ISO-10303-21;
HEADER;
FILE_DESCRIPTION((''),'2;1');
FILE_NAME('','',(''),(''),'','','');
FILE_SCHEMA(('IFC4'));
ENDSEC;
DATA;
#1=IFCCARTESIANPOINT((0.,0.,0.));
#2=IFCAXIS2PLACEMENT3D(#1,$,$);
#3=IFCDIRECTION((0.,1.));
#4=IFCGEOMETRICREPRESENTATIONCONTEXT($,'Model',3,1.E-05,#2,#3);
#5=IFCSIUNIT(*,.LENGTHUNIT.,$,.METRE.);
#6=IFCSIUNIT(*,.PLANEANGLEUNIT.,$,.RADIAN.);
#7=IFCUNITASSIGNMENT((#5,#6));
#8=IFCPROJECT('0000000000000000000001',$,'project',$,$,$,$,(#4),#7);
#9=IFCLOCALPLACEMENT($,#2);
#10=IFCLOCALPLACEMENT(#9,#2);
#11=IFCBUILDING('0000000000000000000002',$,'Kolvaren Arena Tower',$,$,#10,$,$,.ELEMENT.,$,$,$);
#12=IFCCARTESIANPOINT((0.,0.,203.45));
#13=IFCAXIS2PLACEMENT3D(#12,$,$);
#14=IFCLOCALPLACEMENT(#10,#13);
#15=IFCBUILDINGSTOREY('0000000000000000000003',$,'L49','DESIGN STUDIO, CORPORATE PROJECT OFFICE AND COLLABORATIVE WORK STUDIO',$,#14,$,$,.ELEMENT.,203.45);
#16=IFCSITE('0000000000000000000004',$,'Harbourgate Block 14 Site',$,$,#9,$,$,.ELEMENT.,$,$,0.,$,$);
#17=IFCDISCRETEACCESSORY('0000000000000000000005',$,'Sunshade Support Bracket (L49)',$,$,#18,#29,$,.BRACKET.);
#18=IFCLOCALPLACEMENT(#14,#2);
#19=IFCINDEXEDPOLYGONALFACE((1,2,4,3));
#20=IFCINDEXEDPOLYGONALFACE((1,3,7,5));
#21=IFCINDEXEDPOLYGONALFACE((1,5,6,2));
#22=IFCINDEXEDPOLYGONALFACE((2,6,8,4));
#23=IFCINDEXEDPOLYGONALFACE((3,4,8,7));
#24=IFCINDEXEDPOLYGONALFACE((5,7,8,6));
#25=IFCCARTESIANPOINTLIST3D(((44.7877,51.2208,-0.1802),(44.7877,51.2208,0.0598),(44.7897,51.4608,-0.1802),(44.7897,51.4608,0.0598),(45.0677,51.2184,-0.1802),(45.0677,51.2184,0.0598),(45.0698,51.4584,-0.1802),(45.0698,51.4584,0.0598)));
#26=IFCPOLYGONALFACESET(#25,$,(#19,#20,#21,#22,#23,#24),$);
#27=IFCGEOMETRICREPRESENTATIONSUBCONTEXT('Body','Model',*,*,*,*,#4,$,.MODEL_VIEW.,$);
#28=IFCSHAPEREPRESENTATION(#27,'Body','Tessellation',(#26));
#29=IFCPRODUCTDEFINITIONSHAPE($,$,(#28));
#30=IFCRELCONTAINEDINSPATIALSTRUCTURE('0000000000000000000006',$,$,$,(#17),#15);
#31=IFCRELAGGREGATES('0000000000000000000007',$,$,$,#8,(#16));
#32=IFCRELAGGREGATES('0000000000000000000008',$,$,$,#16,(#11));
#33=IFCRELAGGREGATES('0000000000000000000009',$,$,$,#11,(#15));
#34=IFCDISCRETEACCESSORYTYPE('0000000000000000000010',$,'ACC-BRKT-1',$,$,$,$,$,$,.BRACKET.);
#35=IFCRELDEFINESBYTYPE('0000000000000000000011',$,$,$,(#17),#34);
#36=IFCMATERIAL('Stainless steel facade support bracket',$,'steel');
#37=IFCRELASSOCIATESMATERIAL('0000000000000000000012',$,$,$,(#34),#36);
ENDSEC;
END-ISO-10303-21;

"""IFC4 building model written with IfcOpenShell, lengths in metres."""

from ifc_helpers import new_model, si_unit, direction, frame, origin, origin_2d, place, context, subcontext, project, spatial, rectangle, extrude, material, type_object, element, save


model = new_model("IFC4")

# Units and contexts
model_context = context("Model", 3, precision=1e-05, world=origin(), true_north=direction((0.0, 1.0)))
body_context = subcontext(model_context, "Body", "Model", "MODEL_VIEW")
ifc_project = project(units=[si_unit("LENGTHUNIT", "METRE"), si_unit("PLANEANGLEUNIT", "RADIAN")], contexts=[model_context])

# Site, building, storey
site_placement = place(None, origin())
site = spatial("IfcSite", under=ifc_project, at=site_placement, Name="Harbourgate Block 14 Site", CompositionType="ELEMENT", RefElevation=0.0)
building_placement = place(site_placement, origin())
building = spatial("IfcBuilding", under=site, at=building_placement, Name="Kolvaren Arena Tower", CompositionType="ELEMENT")
storey_placement = place(building_placement, frame((0.0, 0.0, 203.45)))
storey = spatial("IfcBuildingStorey", under=building, at=storey_placement, Name="L49", Description="DESIGN STUDIO, CORPORATE PROJECT OFFICE AND COLLABORATIVE WORK STUDIO", CompositionType="ELEMENT", Elevation=203.45)

# Discrete accessory
ifc_material_1 = material(Name="Stainless steel facade support bracket", Category="steel")
discrete_accessory_type = type_object("IfcDiscreteAccessoryType", Name="ACC-BRKT-1", PredefinedType="BRACKET", material=ifc_material_1)
for number, where, z_axis, x_axis, name in (
    (1, (44.9287, 51.3396, -0.1802), (0.0, 0.0, 1.0), (0.999962, -0.008727, 0.0), "Sunshade Support Bracket (L49)"),
):
    element("IfcDiscreteAccessory", number, at=place(storey_placement, frame(where, z_axis=z_axis, x_axis=x_axis)), inside=storey, type_object=discrete_accessory_type, Name=name, PredefinedType="BRACKET", context=body_context, shape_type="SweptSolid", body=[
        extrude(rectangle(XDim=0.28, YDim=0.24, at=origin_2d()), origin(), (0.0, 0.0, 1.0), 0.24),
    ])

save(model, "model.ifc")
